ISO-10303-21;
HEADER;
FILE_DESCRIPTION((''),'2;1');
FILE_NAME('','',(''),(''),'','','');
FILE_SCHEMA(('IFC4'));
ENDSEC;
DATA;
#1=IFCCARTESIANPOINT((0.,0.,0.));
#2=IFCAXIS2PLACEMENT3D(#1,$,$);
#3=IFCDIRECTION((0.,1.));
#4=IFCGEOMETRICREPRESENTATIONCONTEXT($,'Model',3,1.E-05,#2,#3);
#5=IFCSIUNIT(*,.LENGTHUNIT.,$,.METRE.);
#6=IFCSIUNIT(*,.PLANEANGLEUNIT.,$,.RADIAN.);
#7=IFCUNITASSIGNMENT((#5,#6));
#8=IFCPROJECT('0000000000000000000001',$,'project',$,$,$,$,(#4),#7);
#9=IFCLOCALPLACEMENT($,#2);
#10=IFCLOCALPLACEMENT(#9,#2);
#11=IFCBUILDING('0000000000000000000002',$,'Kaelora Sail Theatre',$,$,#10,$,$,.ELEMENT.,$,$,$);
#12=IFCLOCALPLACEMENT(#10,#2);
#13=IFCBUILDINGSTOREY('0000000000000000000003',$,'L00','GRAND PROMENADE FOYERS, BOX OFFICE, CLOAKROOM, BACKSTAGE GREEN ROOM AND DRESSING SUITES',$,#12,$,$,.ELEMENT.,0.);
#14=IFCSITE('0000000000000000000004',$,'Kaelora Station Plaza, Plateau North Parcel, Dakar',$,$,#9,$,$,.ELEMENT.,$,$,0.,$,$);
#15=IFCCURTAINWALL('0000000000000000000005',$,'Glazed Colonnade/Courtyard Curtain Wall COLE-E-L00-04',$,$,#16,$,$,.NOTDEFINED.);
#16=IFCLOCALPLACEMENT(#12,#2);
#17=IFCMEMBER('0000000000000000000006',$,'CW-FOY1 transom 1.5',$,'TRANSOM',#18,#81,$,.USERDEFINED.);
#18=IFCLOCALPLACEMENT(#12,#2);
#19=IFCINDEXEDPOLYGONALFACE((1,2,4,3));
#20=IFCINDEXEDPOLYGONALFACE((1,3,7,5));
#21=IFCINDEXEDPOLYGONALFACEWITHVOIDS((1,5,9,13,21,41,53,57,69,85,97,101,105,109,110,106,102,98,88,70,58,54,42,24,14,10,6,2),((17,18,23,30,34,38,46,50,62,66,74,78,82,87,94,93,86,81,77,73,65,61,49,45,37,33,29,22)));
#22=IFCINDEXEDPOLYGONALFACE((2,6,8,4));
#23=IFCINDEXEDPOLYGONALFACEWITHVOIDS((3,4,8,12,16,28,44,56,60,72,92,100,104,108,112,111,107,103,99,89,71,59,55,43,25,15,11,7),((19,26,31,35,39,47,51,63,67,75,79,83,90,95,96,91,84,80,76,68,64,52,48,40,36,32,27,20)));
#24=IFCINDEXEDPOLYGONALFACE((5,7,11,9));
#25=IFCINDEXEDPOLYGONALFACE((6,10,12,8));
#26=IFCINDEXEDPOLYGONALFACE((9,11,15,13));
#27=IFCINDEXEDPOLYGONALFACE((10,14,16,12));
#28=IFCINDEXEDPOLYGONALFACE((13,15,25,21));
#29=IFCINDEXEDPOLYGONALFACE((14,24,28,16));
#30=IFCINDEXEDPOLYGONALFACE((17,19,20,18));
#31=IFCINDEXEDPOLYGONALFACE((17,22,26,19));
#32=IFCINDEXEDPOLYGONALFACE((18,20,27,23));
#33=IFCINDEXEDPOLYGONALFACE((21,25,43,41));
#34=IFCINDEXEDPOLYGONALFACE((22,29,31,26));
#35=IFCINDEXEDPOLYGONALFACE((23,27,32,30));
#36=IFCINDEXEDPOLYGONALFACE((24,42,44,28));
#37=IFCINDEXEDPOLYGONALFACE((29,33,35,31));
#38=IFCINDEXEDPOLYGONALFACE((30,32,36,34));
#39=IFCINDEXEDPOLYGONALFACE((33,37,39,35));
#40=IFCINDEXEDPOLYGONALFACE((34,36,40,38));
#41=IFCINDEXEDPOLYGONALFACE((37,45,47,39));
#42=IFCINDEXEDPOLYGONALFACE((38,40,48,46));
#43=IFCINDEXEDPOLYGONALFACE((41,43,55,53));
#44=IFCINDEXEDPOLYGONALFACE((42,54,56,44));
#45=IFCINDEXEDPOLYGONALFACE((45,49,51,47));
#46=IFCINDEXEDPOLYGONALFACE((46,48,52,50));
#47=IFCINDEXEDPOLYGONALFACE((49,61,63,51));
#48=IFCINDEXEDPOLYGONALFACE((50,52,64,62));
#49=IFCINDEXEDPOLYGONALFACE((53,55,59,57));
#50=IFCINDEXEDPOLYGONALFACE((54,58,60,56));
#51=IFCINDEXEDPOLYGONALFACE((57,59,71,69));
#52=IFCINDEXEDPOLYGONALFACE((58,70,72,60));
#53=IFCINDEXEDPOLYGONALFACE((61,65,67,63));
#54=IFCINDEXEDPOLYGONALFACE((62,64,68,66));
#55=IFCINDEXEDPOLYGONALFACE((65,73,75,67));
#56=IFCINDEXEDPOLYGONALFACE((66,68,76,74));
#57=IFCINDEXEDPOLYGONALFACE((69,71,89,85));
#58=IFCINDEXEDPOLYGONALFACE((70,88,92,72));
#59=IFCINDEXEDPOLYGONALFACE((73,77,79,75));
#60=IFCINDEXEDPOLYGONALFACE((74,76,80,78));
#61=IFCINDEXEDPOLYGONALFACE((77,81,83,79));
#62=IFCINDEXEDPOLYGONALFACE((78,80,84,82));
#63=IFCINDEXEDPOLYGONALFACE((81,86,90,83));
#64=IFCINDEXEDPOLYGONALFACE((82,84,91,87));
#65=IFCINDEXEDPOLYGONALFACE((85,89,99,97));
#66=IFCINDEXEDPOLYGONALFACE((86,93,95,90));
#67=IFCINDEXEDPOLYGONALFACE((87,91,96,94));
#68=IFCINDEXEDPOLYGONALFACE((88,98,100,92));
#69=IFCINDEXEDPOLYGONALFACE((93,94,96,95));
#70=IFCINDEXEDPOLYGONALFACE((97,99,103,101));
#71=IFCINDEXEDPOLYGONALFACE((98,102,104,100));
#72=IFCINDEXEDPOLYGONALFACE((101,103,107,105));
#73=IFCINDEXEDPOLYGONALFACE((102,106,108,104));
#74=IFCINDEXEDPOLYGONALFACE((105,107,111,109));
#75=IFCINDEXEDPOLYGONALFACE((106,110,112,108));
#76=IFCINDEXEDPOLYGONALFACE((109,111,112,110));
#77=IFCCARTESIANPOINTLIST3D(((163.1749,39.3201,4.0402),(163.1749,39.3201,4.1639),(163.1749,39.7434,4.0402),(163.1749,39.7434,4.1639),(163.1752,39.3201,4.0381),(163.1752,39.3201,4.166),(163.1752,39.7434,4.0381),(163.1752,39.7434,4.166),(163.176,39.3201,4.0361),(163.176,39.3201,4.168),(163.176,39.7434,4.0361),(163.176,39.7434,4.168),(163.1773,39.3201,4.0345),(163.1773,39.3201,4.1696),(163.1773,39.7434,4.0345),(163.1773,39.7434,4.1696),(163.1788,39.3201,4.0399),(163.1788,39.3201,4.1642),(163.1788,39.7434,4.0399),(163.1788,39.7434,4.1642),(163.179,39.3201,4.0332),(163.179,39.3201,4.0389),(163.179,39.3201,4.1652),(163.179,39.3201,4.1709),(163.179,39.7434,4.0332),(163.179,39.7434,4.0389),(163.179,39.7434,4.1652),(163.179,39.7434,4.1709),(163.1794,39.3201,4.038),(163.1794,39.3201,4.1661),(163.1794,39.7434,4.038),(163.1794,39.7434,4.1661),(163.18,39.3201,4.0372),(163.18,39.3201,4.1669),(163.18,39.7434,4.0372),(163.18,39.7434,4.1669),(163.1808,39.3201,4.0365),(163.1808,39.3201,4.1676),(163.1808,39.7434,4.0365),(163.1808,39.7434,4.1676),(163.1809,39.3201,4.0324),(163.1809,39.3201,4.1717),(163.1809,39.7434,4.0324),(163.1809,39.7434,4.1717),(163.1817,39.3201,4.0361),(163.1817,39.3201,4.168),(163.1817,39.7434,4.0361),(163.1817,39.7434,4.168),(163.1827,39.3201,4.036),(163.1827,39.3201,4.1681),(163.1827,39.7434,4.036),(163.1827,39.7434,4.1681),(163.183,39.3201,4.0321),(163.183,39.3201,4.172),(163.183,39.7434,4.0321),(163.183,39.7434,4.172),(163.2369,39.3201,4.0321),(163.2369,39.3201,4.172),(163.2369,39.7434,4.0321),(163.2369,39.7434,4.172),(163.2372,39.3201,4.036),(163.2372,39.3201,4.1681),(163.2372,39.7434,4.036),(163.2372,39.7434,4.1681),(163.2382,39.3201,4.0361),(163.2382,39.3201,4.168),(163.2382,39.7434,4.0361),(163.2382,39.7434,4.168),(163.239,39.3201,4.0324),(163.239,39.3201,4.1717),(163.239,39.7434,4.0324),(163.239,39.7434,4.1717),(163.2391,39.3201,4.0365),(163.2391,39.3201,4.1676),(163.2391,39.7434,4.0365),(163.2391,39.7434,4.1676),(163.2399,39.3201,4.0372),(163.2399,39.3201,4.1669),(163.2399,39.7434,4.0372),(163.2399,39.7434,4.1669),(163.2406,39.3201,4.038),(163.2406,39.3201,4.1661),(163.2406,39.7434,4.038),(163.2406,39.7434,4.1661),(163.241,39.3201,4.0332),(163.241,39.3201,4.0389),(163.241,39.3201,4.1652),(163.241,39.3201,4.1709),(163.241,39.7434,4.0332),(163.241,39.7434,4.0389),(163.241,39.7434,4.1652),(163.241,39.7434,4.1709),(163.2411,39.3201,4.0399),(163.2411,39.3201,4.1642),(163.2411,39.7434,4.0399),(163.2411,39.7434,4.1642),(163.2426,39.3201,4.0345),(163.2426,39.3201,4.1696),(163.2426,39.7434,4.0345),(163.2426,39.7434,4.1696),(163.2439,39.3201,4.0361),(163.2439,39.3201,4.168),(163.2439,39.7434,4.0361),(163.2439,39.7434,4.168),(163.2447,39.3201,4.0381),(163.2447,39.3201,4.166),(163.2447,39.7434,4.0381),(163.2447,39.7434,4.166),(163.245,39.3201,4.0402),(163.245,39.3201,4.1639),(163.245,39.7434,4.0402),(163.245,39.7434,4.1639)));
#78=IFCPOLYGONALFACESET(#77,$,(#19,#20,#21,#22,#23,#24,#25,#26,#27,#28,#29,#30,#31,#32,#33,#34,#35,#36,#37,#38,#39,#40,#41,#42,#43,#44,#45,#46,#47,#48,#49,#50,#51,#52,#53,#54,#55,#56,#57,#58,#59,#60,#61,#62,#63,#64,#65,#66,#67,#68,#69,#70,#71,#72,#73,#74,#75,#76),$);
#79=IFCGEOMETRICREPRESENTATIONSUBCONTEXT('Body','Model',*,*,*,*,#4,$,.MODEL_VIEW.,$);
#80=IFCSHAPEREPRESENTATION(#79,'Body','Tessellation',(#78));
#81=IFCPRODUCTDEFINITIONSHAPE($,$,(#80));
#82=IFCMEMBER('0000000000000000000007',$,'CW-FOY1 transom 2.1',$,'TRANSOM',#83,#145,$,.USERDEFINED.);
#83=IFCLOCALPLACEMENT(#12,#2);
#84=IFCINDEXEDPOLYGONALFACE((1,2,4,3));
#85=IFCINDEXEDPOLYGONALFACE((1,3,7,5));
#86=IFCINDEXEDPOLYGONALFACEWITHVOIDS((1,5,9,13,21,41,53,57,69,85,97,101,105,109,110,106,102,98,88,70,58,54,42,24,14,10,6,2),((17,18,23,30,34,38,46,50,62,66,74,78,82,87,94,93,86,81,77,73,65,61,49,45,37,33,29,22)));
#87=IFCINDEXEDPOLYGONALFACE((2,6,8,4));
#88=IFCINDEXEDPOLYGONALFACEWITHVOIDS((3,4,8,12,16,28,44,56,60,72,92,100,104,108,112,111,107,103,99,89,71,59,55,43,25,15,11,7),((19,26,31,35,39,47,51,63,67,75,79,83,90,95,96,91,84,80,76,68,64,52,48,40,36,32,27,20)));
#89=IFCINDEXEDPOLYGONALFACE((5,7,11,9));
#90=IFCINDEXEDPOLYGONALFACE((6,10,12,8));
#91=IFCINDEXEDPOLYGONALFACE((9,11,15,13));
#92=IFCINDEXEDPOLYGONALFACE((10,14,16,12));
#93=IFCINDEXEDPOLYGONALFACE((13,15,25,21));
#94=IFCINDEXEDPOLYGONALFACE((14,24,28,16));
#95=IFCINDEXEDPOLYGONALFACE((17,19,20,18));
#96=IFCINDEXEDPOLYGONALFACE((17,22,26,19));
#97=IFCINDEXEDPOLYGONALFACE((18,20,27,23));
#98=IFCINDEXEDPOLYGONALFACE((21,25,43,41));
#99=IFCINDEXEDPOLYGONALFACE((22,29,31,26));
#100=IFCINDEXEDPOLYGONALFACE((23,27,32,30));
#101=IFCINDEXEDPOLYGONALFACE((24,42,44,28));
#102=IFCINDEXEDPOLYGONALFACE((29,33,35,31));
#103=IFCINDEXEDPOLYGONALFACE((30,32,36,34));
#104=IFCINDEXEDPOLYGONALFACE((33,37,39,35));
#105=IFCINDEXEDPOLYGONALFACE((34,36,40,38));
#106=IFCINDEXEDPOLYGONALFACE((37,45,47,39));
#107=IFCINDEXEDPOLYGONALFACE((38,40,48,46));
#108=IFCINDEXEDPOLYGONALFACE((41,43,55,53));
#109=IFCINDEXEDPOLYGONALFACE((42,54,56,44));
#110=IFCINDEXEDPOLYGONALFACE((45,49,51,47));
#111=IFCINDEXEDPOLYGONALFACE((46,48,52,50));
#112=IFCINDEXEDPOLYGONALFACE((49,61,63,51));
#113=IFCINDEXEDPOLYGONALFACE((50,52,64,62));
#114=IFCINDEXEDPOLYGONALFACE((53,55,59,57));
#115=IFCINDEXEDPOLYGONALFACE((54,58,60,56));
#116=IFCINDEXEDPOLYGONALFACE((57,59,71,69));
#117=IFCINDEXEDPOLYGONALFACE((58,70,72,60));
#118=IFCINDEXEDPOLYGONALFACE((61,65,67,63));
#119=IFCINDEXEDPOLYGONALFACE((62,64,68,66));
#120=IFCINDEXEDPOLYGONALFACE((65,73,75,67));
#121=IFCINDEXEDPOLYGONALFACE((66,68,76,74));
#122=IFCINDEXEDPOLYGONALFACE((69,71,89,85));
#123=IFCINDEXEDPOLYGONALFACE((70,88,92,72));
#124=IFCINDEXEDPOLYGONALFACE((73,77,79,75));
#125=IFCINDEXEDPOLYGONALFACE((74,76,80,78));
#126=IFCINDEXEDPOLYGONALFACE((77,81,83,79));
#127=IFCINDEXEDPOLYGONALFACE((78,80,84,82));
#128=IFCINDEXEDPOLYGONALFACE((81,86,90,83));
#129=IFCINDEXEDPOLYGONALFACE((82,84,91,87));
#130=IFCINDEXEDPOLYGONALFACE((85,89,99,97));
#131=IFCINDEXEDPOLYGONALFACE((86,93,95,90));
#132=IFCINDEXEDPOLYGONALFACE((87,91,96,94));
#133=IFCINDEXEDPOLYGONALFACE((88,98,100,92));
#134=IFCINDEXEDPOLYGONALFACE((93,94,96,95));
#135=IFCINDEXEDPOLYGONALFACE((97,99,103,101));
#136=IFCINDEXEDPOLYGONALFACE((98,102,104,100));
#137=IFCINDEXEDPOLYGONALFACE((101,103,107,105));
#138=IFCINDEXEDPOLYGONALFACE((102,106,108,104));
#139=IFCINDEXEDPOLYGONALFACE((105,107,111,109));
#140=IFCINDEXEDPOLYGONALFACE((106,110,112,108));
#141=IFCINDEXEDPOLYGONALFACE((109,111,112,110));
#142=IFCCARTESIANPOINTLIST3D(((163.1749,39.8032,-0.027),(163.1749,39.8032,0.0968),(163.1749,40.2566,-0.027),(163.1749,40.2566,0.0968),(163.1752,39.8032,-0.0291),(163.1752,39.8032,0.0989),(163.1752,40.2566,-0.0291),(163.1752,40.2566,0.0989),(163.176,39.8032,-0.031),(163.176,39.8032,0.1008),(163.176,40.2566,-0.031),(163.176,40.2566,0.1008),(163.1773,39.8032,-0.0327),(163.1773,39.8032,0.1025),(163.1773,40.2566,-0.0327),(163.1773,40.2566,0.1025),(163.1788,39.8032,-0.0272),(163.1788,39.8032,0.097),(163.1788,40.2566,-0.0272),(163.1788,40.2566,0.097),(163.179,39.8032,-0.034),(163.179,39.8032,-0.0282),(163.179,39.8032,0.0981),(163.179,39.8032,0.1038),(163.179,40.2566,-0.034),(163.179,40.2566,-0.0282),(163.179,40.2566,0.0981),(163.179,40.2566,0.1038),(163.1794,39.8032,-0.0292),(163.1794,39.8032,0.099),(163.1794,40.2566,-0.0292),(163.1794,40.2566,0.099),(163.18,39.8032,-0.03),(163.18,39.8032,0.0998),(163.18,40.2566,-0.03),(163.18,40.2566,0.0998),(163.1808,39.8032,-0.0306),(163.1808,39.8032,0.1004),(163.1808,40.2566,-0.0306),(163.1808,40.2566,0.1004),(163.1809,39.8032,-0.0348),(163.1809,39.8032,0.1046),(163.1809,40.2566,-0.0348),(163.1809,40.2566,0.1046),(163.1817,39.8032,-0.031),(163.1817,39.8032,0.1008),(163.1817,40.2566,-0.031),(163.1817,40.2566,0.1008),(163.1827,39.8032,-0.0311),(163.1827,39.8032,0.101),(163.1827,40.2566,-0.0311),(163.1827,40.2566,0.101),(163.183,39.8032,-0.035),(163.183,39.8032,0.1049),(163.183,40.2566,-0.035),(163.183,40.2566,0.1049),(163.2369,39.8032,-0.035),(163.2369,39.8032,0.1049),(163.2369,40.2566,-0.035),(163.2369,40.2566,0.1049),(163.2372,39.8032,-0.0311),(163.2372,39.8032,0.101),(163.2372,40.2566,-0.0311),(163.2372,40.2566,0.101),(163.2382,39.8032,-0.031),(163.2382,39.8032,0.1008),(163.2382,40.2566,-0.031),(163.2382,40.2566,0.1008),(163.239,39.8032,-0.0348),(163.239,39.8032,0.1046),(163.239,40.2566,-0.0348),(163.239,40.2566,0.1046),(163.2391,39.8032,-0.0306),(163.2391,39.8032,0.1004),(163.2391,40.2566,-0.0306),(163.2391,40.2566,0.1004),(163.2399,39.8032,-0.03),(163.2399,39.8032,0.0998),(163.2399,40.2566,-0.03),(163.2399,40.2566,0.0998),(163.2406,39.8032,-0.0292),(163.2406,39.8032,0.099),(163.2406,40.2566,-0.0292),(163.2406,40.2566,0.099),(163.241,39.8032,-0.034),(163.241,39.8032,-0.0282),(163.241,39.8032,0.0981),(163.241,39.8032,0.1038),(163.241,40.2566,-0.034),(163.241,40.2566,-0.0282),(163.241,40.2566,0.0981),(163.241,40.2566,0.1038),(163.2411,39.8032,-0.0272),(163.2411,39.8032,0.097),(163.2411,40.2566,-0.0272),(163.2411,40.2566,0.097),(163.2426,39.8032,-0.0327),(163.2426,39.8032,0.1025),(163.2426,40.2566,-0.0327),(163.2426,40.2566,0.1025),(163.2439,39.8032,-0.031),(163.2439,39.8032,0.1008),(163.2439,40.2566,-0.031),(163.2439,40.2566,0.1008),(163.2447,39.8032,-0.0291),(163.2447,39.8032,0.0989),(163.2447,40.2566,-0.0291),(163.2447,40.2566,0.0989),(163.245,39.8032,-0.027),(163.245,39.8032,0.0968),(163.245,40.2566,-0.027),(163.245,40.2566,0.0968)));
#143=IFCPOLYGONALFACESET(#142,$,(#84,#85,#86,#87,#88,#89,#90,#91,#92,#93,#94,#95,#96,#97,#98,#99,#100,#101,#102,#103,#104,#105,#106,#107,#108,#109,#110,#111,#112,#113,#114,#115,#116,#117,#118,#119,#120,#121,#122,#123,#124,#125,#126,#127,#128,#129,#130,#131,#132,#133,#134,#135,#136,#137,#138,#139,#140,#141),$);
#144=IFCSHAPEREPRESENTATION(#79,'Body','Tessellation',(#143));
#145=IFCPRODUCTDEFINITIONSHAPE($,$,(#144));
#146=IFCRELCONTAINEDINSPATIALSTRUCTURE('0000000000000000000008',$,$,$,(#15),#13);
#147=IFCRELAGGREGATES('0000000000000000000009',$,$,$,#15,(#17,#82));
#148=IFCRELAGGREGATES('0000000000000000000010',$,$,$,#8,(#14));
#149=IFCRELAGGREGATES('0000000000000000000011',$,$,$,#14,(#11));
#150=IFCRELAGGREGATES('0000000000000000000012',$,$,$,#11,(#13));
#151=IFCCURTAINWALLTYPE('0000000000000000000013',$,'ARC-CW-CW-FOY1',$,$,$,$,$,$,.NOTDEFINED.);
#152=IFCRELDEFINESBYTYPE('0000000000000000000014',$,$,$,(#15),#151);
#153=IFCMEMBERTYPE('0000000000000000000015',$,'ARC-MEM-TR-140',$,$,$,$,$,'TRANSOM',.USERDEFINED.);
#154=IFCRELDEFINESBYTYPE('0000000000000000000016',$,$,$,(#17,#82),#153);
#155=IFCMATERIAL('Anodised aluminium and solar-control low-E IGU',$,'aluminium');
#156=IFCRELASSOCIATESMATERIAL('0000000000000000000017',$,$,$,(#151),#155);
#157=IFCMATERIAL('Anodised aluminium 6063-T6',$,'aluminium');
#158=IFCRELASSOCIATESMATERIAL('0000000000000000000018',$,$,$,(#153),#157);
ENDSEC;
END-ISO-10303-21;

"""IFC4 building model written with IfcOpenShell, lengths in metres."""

from ifc_helpers import new_model, si_unit, direction, frame, origin, origin_2d, place, context, subcontext, project, spatial, hollow_rectangle, extrude, material, material_profile, profile_set, type_object, element, aggregate, save


model = new_model("IFC4")

# Units and contexts
model_context = context("Model", 3, precision=1e-05, world=origin(), true_north=direction((0.0, 1.0)))
body_context = subcontext(model_context, "Body", "Model", "MODEL_VIEW")
ifc_project = project(units=[si_unit("LENGTHUNIT", "METRE"), si_unit("PLANEANGLEUNIT", "RADIAN")], contexts=[model_context])

# Site, building, storey
site_placement = place(None, origin())
site = spatial("IfcSite", under=ifc_project, at=site_placement, Name="Kaelora Station Plaza, Plateau North Parcel, Dakar", CompositionType="ELEMENT", RefElevation=0.0)
building_placement = place(site_placement, origin())
building = spatial("IfcBuilding", under=site, at=building_placement, Name="Kaelora Sail Theatre", CompositionType="ELEMENT")
storey_placement = place(building_placement, origin())
storey = spatial("IfcBuildingStorey", under=building, at=storey_placement, Name="L00", Description="GRAND PROMENADE FOYERS, BOX OFFICE, CLOAKROOM, BACKSTAGE GREEN ROOM AND DRESSING SUITES", CompositionType="ELEMENT", Elevation=0.0)

# Curtain wall, members
ifc_material_1 = material(Name="Anodised aluminium and solar-control low-E IGU", Category="aluminium")
curtain_wall_type = type_object("IfcCurtainWallType", Name="ARC-CW-CW-FOY1", PredefinedType="NOTDEFINED", material=ifc_material_1)
curtain_wall_placement = place(storey_placement, origin())
curtain_wall = element("IfcCurtainWall", 1, at=curtain_wall_placement, inside=storey, type_object=curtain_wall_type, Name="Glazed Colonnade/Courtyard Curtain Wall COLE-E-L00-04", PredefinedType="NOTDEFINED")
ifc_material_2 = material(Name="Anodised aluminium 6063-T6", Category="aluminium")
ifc_material_profile_1 = material_profile(ifc_material_2, hollow_rectangle(XDim=0.0701, YDim=0.1399, WallThickness=0.0039, InnerFilletRadius=0.0039, OuterFilletRadius=0.0081, at=origin_2d()), Name="ALU-TRAN 70x140x4")
ifc_profile_set_1 = profile_set([ifc_material_profile_1], Name="Anodised aluminium 6063-T6")
member_type_1 = type_object("IfcMemberType", Name="ARC-MEM-TR-140", ElementType="TRANSOM", PredefinedType="USERDEFINED", material=ifc_profile_set_1)
member_1_placement = place(storey_placement, frame((163.21, 39.3201, 4.1021), z_axis=(0.0, 1.0, 0.0), x_axis=(-1.0, 0.0, 0.0)))
member_1 = element("IfcMember", 2, at=member_1_placement, type_object=member_type_1, Name="CW-FOY1 transom 1.5", ObjectType="TRANSOM", PredefinedType="USERDEFINED", context=body_context, shape_type="SweptSolid", body=[
    extrude(hollow_rectangle(XDim=0.0701, YDim=0.1399, WallThickness=0.0039, InnerFilletRadius=0.0039, OuterFilletRadius=0.0081, at=origin_2d()), origin(), (0.0, 0.0, 1.0), 0.4233),
])
member_2_placement = place(storey_placement, frame((163.21, 39.8032, 0.0349), z_axis=(0.0, 1.0, 0.0), x_axis=(-1.0, 0.0, 0.0)))
member_2 = element("IfcMember", 3, at=member_2_placement, type_object=member_type_1, Name="CW-FOY1 transom 2.1", ObjectType="TRANSOM", PredefinedType="USERDEFINED", context=body_context, shape_type="SweptSolid", body=[
    extrude(hollow_rectangle(XDim=0.0701, YDim=0.1399, WallThickness=0.0039, InnerFilletRadius=0.0039, OuterFilletRadius=0.0081, at=origin_2d()), origin(), (0.0, 0.0, 1.0), 0.4534),
])

aggregate(curtain_wall, [member_1, member_2])

save(model, "model.ifc")
